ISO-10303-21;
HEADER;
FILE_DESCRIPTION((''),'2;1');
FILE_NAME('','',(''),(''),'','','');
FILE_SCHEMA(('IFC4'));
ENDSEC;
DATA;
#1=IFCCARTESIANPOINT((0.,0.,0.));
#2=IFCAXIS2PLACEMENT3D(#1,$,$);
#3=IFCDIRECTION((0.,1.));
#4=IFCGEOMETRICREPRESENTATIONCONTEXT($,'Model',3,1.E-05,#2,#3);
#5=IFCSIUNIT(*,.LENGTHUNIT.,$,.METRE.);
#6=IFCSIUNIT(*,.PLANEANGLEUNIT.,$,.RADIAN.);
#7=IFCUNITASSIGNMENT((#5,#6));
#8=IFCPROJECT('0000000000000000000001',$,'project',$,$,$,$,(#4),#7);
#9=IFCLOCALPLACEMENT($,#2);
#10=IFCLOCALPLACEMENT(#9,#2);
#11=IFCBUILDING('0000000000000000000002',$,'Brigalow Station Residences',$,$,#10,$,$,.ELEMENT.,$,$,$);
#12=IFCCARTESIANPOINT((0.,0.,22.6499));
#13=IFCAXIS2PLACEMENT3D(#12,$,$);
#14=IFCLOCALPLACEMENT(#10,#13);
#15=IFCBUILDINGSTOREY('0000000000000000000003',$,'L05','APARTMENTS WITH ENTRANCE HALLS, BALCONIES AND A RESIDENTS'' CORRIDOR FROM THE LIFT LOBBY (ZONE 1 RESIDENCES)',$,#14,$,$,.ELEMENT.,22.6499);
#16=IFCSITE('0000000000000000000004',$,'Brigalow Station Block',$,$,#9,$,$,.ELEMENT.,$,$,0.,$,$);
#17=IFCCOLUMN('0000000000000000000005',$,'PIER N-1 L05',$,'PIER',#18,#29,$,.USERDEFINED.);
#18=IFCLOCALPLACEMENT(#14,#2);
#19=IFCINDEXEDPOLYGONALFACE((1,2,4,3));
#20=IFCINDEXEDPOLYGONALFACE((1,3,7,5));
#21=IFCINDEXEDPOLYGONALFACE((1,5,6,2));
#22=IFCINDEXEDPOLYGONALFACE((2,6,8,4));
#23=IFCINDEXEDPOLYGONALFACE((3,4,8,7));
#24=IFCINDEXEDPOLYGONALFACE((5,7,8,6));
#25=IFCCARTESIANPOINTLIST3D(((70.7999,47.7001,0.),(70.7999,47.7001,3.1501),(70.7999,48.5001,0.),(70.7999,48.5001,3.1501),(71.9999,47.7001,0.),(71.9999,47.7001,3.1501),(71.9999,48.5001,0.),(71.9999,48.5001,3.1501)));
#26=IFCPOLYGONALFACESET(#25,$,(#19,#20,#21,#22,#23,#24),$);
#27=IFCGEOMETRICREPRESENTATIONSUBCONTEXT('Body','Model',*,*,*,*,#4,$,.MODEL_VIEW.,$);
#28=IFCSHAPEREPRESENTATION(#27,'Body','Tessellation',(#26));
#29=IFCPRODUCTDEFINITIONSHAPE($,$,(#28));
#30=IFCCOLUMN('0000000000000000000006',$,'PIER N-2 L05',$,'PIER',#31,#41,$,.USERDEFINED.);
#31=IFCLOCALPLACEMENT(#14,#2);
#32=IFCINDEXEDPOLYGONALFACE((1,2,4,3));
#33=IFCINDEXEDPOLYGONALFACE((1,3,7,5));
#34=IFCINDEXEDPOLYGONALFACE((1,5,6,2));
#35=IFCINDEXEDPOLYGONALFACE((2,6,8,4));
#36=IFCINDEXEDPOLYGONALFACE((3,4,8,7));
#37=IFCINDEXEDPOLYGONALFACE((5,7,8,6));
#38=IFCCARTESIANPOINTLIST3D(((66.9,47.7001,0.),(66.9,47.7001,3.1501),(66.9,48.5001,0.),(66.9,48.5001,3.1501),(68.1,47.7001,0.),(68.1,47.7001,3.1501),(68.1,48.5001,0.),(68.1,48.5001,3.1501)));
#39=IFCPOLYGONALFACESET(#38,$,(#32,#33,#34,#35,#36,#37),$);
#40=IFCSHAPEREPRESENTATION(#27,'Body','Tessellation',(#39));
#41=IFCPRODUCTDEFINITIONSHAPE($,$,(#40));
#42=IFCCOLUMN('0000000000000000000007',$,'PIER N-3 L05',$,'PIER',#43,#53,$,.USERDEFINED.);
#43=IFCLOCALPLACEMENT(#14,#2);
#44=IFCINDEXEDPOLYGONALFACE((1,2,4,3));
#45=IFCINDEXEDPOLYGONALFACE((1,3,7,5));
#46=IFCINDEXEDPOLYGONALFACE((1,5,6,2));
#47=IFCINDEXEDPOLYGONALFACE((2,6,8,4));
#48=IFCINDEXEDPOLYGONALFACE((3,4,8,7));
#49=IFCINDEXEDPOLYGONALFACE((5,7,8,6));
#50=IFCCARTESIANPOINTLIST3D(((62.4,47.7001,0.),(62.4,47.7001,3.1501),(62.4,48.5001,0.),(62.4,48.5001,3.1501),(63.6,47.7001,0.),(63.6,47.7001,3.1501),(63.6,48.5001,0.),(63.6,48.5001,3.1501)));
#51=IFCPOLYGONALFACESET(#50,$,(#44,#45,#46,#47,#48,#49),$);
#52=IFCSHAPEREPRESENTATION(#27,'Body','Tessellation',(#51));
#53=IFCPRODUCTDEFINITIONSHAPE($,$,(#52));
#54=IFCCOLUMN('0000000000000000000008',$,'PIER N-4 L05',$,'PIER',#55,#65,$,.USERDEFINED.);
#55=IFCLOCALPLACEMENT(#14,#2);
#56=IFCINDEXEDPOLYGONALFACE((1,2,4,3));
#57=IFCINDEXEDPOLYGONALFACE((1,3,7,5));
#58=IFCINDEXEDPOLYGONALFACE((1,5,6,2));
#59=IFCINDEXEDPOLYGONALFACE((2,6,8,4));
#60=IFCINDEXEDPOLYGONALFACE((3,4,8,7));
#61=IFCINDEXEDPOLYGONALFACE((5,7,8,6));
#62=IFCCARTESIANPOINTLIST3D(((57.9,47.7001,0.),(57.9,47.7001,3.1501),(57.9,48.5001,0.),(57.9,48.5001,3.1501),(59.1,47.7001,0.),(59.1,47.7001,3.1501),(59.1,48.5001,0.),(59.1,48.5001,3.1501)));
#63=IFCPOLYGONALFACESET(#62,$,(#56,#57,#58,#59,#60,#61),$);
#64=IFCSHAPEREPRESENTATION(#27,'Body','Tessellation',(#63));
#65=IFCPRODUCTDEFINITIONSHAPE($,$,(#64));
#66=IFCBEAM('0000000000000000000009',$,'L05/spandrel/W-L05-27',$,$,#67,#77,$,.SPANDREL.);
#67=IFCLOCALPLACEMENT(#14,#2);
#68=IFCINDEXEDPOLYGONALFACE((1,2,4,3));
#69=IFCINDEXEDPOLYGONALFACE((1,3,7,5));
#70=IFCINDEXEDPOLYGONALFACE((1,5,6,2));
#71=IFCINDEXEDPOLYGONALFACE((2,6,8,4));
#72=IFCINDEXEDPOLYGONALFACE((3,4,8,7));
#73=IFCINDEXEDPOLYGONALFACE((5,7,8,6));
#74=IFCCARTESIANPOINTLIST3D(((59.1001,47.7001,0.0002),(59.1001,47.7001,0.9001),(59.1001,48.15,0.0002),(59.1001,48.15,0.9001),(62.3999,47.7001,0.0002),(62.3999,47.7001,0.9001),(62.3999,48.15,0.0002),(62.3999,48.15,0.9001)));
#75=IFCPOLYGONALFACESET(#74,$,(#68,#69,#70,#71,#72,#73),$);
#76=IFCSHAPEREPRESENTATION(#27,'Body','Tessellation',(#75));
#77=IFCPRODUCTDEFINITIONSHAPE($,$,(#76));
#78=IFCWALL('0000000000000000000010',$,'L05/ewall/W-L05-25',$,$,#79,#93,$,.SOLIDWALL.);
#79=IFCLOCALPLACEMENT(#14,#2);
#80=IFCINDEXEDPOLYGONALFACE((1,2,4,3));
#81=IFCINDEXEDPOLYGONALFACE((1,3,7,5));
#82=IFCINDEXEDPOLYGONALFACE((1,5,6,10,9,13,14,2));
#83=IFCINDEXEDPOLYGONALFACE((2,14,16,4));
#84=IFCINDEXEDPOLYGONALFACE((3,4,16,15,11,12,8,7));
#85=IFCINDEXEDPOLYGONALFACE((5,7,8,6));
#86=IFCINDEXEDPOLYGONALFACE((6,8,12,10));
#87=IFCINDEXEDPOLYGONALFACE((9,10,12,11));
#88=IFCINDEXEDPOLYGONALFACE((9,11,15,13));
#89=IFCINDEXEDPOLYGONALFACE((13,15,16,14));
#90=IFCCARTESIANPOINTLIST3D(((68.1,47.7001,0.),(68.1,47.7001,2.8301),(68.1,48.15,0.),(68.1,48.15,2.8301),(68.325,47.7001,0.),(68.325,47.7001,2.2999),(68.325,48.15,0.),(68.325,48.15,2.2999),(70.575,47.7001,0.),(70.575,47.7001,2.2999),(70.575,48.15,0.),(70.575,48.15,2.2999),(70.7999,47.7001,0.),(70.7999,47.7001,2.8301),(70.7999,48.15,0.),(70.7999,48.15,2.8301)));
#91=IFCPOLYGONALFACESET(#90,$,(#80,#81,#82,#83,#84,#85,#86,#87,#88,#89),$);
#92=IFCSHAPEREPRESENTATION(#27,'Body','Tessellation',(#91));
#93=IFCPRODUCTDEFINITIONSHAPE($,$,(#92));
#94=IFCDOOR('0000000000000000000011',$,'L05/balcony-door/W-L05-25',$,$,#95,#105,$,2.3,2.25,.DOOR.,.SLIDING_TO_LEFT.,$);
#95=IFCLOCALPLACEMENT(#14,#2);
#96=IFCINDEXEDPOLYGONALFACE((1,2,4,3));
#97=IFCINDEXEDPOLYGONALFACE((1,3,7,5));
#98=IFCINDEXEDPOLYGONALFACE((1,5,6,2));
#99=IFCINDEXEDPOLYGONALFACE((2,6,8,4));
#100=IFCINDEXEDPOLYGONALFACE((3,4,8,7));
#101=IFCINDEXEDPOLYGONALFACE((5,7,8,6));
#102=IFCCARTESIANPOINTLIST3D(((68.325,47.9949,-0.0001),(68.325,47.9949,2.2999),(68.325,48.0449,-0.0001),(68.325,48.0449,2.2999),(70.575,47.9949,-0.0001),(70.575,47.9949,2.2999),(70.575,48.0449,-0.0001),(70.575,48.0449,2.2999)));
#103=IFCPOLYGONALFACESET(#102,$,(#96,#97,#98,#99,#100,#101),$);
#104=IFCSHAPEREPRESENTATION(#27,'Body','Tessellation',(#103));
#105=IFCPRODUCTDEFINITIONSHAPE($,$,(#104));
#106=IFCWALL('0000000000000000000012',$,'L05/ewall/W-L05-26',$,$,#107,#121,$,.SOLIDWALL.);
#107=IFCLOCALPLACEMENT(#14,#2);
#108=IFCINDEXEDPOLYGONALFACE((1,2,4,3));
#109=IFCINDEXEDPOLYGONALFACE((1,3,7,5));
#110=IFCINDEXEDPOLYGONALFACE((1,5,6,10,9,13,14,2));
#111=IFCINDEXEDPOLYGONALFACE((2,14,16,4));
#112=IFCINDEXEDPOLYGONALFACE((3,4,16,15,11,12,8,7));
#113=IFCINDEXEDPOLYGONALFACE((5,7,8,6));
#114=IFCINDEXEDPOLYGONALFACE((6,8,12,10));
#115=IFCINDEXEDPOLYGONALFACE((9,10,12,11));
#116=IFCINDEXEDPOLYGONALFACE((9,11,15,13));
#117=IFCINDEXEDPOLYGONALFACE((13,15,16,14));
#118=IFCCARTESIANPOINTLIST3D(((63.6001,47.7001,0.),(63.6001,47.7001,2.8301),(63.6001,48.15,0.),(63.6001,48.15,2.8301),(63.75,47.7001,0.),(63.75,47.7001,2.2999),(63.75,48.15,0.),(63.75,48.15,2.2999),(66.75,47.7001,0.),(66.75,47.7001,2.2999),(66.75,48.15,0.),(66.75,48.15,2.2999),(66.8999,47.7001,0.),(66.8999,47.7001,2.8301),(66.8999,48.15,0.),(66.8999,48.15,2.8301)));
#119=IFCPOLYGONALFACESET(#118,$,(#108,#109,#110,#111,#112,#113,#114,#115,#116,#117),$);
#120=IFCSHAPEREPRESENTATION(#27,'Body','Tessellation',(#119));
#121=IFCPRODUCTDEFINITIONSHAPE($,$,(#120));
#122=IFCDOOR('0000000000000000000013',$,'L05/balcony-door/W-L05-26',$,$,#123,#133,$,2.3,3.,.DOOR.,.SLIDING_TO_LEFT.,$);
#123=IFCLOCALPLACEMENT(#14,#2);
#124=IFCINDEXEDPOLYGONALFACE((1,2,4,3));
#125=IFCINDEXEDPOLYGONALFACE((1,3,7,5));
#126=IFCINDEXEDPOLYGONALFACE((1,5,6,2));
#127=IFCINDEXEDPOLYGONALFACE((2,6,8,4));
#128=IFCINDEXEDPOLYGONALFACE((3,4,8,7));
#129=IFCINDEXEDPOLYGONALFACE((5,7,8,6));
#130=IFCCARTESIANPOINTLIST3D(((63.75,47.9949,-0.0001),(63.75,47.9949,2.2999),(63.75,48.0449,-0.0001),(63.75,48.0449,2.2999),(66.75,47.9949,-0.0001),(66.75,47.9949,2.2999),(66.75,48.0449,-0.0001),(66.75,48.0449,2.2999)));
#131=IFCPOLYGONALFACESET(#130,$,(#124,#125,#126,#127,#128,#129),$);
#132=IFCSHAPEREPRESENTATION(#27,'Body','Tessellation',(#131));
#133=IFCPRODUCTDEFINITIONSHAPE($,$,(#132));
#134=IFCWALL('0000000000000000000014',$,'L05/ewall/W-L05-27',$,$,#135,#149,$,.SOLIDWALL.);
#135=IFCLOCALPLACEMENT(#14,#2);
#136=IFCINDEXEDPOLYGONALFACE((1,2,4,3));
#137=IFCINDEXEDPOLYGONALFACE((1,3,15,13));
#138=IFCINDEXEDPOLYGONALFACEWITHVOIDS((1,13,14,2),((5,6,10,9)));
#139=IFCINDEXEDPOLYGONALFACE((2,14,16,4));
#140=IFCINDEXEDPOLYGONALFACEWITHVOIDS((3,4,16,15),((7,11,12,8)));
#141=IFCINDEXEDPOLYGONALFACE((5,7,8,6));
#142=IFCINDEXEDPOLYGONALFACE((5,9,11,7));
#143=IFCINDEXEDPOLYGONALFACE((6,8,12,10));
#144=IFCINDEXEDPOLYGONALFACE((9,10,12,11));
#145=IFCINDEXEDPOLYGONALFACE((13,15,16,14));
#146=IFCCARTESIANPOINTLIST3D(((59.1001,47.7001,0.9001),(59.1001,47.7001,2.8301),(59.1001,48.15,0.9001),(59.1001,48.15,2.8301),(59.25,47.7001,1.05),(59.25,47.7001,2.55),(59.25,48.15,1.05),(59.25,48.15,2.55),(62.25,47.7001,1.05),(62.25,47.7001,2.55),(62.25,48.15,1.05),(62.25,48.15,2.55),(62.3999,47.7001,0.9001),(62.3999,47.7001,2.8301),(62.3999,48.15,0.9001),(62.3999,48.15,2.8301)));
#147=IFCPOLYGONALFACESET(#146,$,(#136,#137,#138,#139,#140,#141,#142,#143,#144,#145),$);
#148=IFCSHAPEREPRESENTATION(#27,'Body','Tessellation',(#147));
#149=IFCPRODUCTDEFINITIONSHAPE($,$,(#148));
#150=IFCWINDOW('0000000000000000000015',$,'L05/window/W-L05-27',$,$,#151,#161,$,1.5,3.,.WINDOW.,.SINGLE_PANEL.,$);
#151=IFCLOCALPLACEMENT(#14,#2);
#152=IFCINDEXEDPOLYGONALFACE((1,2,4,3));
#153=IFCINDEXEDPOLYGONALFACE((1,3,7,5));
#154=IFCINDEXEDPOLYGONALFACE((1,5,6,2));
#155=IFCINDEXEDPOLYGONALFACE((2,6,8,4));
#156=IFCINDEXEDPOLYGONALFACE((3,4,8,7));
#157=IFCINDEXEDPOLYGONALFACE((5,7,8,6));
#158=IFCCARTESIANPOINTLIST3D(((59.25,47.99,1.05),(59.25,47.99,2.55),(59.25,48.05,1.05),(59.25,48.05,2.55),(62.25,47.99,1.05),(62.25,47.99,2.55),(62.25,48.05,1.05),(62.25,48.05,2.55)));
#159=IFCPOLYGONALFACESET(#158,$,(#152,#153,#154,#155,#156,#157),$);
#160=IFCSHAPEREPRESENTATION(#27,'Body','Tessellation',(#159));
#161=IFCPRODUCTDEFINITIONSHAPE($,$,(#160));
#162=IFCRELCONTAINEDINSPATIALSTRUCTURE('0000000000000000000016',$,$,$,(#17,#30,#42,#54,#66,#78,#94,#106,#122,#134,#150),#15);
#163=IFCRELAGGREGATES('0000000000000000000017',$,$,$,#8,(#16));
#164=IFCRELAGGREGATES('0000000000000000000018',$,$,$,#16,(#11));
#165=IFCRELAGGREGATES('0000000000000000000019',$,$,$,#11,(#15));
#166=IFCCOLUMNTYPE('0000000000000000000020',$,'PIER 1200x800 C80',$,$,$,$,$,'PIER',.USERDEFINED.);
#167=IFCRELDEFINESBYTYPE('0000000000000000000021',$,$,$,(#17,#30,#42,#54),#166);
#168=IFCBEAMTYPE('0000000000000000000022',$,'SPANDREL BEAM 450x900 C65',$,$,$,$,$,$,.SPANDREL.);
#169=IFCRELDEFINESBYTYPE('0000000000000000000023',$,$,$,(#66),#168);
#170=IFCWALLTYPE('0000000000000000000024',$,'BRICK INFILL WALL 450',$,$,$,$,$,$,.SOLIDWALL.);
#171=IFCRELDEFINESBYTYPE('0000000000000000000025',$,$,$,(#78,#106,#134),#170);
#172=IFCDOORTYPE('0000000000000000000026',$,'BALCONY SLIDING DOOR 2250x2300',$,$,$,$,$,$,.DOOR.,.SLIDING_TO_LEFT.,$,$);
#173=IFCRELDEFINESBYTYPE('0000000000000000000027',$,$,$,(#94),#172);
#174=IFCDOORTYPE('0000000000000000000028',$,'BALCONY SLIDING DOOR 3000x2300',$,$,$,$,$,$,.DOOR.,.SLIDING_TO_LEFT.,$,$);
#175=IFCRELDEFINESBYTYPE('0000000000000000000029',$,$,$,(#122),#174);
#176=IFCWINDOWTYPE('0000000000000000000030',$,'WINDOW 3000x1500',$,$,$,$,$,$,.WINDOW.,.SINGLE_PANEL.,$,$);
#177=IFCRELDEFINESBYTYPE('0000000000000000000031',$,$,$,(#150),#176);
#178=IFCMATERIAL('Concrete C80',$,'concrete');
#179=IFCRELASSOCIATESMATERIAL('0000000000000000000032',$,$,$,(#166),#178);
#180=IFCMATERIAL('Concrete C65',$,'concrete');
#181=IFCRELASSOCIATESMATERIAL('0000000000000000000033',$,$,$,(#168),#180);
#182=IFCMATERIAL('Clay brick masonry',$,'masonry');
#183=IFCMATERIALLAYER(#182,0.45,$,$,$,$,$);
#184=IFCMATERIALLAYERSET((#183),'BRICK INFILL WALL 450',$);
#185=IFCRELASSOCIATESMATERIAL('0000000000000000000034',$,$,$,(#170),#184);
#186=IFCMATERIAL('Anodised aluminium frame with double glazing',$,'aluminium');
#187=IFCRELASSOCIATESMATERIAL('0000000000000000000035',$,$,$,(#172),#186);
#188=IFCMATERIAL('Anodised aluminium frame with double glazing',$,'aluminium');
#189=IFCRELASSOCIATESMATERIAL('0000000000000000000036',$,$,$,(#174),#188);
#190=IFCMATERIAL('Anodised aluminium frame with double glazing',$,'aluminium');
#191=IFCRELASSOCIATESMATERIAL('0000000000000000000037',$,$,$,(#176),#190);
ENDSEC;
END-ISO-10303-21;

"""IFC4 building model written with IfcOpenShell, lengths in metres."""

from ifc_helpers import new_model, si_unit, direction, frame, frame_2d, origin, origin_2d, place, context, subcontext, project, spatial, rectangle, extrude, material, layer, layer_set, material_profile, profile_set, type_object, element, fill, save


model = new_model("IFC4")

# Units and contexts
model_context = context("Model", 3, precision=1e-05, world=origin(), true_north=direction((0.0, 1.0)))
body_context = subcontext(model_context, "Body", "Model", "MODEL_VIEW")
ifc_project = project(units=[si_unit("LENGTHUNIT", "METRE"), si_unit("PLANEANGLEUNIT", "RADIAN")], contexts=[model_context])

# Site, building, storey
site_placement = place(None, origin())
site = spatial("IfcSite", under=ifc_project, at=site_placement, Name="Brigalow Station Block", CompositionType="ELEMENT", RefElevation=0.0)
building_placement = place(site_placement, origin())
building = spatial("IfcBuilding", under=site, at=building_placement, Name="Brigalow Station Residences", CompositionType="ELEMENT")
storey_placement = place(building_placement, frame((0.0, 0.0, 22.6499)))
storey = spatial("IfcBuildingStorey", under=building, at=storey_placement, Name="L05", Description="APARTMENTS WITH ENTRANCE HALLS, BALCONIES AND A RESIDENTS' CORRIDOR FROM THE LIFT LOBBY (ZONE 1 RESIDENCES)", CompositionType="ELEMENT", Elevation=22.6499)

# Columns
ifc_material_1 = material(Name="Concrete C80", Category="concrete")
ifc_material_profile_1 = material_profile(ifc_material_1, rectangle(XDim=1.2, YDim=0.8, at=origin_2d()), Name="RC1200x800")
ifc_profile_set_1 = profile_set([ifc_material_profile_1], Name="Concrete C80")
column_type = type_object("IfcColumnType", Name="PIER 1200x800 C80", ElementType="PIER", PredefinedType="USERDEFINED", material=ifc_profile_set_1)
for number, where, z_axis, x_axis, name in (
    (1, (71.3999, 48.1001, 0.0), (0.0, 0.0, 1.0), (-1.0, 0.0, 0.0), "PIER N-1 L05"),
    (2, (67.5, 48.1001, 0.0), (0.0, 0.0, 1.0), (-1.0, 0.0, 0.0), "PIER N-2 L05"),
    (3, (63.0, 48.1001, 0.0), (0.0, 0.0, 1.0), (-1.0, 0.0, 0.0), "PIER N-3 L05"),
    (4, (58.5, 48.1001, 0.0), (0.0, 0.0, 1.0), (-1.0, 0.0, 0.0), "PIER N-4 L05"),
):
    element("IfcColumn", number, at=place(storey_placement, frame(where, z_axis=z_axis, x_axis=x_axis)), inside=storey, type_object=column_type, Name=name, ObjectType="PIER", PredefinedType="USERDEFINED", context=body_context, shape_type="SweptSolid", body=[
        extrude(rectangle(XDim=1.2, YDim=0.8, at=origin_2d()), origin(), (0.0, 0.0, 1.0), 3.1501),
    ])

# Beam
ifc_material_2 = material(Name="Concrete C65", Category="concrete")
ifc_material_profile_2 = material_profile(ifc_material_2, rectangle(XDim=0.45, YDim=0.8999, at=origin_2d()), Name="RC450x900")
ifc_profile_set_2 = profile_set([ifc_material_profile_2], Name="Concrete C65")
beam_type = type_object("IfcBeamType", Name="SPANDREL BEAM 450x900 C65", PredefinedType="SPANDREL", material=ifc_profile_set_2)
beam_placement = place(storey_placement, frame((62.3999, 47.925, 0.4502), z_axis=(-1.0, 0.0, 0.0), x_axis=(0.0, -1.0, 0.0)))
element("IfcBeam", 5, at=beam_placement, inside=storey, type_object=beam_type, Name="L05/spandrel/W-L05-27", PredefinedType="SPANDREL", context=body_context, shape_type="SweptSolid", body=[
    extrude(rectangle(XDim=0.45, YDim=0.8999, at=origin_2d()), origin(), (0.0, 0.0, 1.0), 3.2998),
])

# Walls, openings, doors
ifc_material_3 = material(Name="Clay brick masonry", Category="masonry")
ifc_layer_1 = layer(ifc_material_3, 0.45)
ifc_layer_set_1 = layer_set([ifc_layer_1], Name="BRICK INFILL WALL 450")
wall_type_1 = type_object("IfcWallType", Name="BRICK INFILL WALL 450", PredefinedType="SOLIDWALL", material=ifc_layer_set_1)
wall_1_placement = place(storey_placement, frame((70.8, 47.925, 0.0), z_axis=(0.0, 0.0, 1.0), x_axis=(-1.0, 0.0, 0.0)))
wall_1 = element("IfcWall", 6, at=wall_1_placement, inside=storey, type_object=wall_type_1, Name="L05/ewall/W-L05-25", PredefinedType="SOLIDWALL", context=body_context, shape_type="SweptSolid", body=[
    extrude(rectangle(XDim=2.7, YDim=0.45, at=frame_2d((1.3501, 0.0))), origin(), (0.0, 0.0, 1.0), 2.8301),
])
opening_1_placement = place(wall_1_placement, frame((0.2251, 0.0, 0.0)))
opening_1 = element("IfcOpeningElement", 7, at=opening_1_placement, cuts=wall_1, PredefinedType="OPENING", context=body_context, shape_type="SweptSolid", body=[
    extrude(rectangle(XDim=2.25, YDim=2.3, at=frame_2d((1.125, 1.1499))), frame((0.0, 0.2349, 0.0), z_axis=(0.0, -1.0, 0.0), x_axis=(1.0, 0.0, 0.0)), (0.0, 0.0, 1.0), 0.47),
])
ifc_material_4 = material(Name="Anodised aluminium frame with double glazing", Category="aluminium")
door_type_1 = type_object("IfcDoorType", Name="BALCONY SLIDING DOOR 2250x2300", OperationType="SLIDING_TO_LEFT", PredefinedType="DOOR", material=ifc_material_4)
door_1_placement = place(opening_1_placement, origin())
door_1 = element("IfcDoor", 8, at=door_1_placement, inside=storey, type_object=door_type_1, Name="L05/balcony-door/W-L05-25", OperationType="SLIDING_TO_LEFT", OverallHeight=2.3, OverallWidth=2.25, PredefinedType="DOOR", context=body_context, shape_type="SweptSolid", body=[
    extrude(rectangle(XDim=2.25, YDim=2.3, at=frame_2d((1.125, 1.1499))), frame((0.0, -0.0698, 0.0), z_axis=(0.0, -1.0, 0.0), x_axis=(1.0, 0.0, 0.0)), (0.0, 0.0, 1.0), 0.05),
])
fill(opening_1, door_1)
wall_2_placement = place(storey_placement, frame((66.8999, 47.925, 0.0), z_axis=(0.0, 0.0, 1.0), x_axis=(-1.0, 0.0, 0.0)))
wall_2 = element("IfcWall", 9, at=wall_2_placement, inside=storey, type_object=wall_type_1, Name="L05/ewall/W-L05-26", PredefinedType="SOLIDWALL", context=body_context, shape_type="SweptSolid", body=[
    extrude(rectangle(XDim=3.2998, YDim=0.45, at=frame_2d((1.6499, 0.0))), origin(), (0.0, 0.0, 1.0), 2.8301),
])
opening_2_placement = place(wall_2_placement, frame((0.1499, 0.0, 0.0)))
opening_2 = element("IfcOpeningElement", 10, at=opening_2_placement, cuts=wall_2, PredefinedType="OPENING", context=body_context, shape_type="SweptSolid", body=[
    extrude(rectangle(XDim=3.0, YDim=2.3, at=frame_2d((1.5, 1.1499))), frame((0.0, 0.2349, 0.0), z_axis=(0.0, -1.0, 0.0), x_axis=(1.0, 0.0, 0.0)), (0.0, 0.0, 1.0), 0.47),
])
ifc_material_5 = material(Name="Anodised aluminium frame with double glazing", Category="aluminium")
door_type_2 = type_object("IfcDoorType", Name="BALCONY SLIDING DOOR 3000x2300", OperationType="SLIDING_TO_LEFT", PredefinedType="DOOR", material=ifc_material_5)
door_2_placement = place(opening_2_placement, origin())
door_2 = element("IfcDoor", 11, at=door_2_placement, inside=storey, type_object=door_type_2, Name="L05/balcony-door/W-L05-26", OperationType="SLIDING_TO_LEFT", OverallHeight=2.3, OverallWidth=3.0, PredefinedType="DOOR", context=body_context, shape_type="SweptSolid", body=[
    extrude(rectangle(XDim=3.0, YDim=2.3, at=frame_2d((1.5, 1.1499))), frame((0.0, -0.0698, 0.0), z_axis=(0.0, -1.0, 0.0), x_axis=(1.0, 0.0, 0.0)), (0.0, 0.0, 1.0), 0.05),
])
fill(opening_2, door_2)

# Wall, opening, window
wall_3_placement = place(storey_placement, frame((62.3999, 47.925, 0.9001), z_axis=(0.0, 0.0, 1.0), x_axis=(-1.0, 0.0, 0.0)))
wall_3 = element("IfcWall", 12, at=wall_3_placement, inside=storey, type_object=wall_type_1, Name="L05/ewall/W-L05-27", PredefinedType="SOLIDWALL", context=body_context, shape_type="SweptSolid", body=[
    extrude(rectangle(XDim=3.2998, YDim=0.45, at=frame_2d((1.6499, 0.0))), origin(), (0.0, 0.0, 1.0), 1.9299),
])
opening_3_placement = place(wall_3_placement, frame((0.1499, 0.0, 0.1499)))
opening_3 = element("IfcOpeningElement", 13, at=opening_3_placement, cuts=wall_3, PredefinedType="OPENING", context=body_context, shape_type="SweptSolid", body=[
    extrude(rectangle(XDim=3.0, YDim=1.5, at=frame_2d((1.5, 0.75))), frame((0.0, 0.2349, 0.0), z_axis=(0.0, -1.0, 0.0), x_axis=(1.0, 0.0, 0.0)), (0.0, 0.0, 1.0), 0.47),
])
ifc_material_6 = material(Name="Anodised aluminium frame with double glazing", Category="aluminium")
window_type = type_object("IfcWindowType", Name="WINDOW 3000x1500", PartitioningType="SINGLE_PANEL", PredefinedType="WINDOW", material=ifc_material_6)
window_1_placement = place(opening_3_placement, origin())
window_1 = element("IfcWindow", 14, at=window_1_placement, inside=storey, type_object=window_type, Name="L05/window/W-L05-27", OverallHeight=1.5, OverallWidth=3.0, PartitioningType="SINGLE_PANEL", PredefinedType="WINDOW", context=body_context, shape_type="SweptSolid", body=[
    extrude(rectangle(XDim=3.0, YDim=1.5, at=frame_2d((1.5, 0.75))), frame((0.0, -0.0649, 0.0), z_axis=(0.0, -1.0, 0.0), x_axis=(1.0, 0.0, 0.0)), (0.0, 0.0, 1.0), 0.0601),
])
fill(opening_3, window_1)

save(model, "model.ifc")
